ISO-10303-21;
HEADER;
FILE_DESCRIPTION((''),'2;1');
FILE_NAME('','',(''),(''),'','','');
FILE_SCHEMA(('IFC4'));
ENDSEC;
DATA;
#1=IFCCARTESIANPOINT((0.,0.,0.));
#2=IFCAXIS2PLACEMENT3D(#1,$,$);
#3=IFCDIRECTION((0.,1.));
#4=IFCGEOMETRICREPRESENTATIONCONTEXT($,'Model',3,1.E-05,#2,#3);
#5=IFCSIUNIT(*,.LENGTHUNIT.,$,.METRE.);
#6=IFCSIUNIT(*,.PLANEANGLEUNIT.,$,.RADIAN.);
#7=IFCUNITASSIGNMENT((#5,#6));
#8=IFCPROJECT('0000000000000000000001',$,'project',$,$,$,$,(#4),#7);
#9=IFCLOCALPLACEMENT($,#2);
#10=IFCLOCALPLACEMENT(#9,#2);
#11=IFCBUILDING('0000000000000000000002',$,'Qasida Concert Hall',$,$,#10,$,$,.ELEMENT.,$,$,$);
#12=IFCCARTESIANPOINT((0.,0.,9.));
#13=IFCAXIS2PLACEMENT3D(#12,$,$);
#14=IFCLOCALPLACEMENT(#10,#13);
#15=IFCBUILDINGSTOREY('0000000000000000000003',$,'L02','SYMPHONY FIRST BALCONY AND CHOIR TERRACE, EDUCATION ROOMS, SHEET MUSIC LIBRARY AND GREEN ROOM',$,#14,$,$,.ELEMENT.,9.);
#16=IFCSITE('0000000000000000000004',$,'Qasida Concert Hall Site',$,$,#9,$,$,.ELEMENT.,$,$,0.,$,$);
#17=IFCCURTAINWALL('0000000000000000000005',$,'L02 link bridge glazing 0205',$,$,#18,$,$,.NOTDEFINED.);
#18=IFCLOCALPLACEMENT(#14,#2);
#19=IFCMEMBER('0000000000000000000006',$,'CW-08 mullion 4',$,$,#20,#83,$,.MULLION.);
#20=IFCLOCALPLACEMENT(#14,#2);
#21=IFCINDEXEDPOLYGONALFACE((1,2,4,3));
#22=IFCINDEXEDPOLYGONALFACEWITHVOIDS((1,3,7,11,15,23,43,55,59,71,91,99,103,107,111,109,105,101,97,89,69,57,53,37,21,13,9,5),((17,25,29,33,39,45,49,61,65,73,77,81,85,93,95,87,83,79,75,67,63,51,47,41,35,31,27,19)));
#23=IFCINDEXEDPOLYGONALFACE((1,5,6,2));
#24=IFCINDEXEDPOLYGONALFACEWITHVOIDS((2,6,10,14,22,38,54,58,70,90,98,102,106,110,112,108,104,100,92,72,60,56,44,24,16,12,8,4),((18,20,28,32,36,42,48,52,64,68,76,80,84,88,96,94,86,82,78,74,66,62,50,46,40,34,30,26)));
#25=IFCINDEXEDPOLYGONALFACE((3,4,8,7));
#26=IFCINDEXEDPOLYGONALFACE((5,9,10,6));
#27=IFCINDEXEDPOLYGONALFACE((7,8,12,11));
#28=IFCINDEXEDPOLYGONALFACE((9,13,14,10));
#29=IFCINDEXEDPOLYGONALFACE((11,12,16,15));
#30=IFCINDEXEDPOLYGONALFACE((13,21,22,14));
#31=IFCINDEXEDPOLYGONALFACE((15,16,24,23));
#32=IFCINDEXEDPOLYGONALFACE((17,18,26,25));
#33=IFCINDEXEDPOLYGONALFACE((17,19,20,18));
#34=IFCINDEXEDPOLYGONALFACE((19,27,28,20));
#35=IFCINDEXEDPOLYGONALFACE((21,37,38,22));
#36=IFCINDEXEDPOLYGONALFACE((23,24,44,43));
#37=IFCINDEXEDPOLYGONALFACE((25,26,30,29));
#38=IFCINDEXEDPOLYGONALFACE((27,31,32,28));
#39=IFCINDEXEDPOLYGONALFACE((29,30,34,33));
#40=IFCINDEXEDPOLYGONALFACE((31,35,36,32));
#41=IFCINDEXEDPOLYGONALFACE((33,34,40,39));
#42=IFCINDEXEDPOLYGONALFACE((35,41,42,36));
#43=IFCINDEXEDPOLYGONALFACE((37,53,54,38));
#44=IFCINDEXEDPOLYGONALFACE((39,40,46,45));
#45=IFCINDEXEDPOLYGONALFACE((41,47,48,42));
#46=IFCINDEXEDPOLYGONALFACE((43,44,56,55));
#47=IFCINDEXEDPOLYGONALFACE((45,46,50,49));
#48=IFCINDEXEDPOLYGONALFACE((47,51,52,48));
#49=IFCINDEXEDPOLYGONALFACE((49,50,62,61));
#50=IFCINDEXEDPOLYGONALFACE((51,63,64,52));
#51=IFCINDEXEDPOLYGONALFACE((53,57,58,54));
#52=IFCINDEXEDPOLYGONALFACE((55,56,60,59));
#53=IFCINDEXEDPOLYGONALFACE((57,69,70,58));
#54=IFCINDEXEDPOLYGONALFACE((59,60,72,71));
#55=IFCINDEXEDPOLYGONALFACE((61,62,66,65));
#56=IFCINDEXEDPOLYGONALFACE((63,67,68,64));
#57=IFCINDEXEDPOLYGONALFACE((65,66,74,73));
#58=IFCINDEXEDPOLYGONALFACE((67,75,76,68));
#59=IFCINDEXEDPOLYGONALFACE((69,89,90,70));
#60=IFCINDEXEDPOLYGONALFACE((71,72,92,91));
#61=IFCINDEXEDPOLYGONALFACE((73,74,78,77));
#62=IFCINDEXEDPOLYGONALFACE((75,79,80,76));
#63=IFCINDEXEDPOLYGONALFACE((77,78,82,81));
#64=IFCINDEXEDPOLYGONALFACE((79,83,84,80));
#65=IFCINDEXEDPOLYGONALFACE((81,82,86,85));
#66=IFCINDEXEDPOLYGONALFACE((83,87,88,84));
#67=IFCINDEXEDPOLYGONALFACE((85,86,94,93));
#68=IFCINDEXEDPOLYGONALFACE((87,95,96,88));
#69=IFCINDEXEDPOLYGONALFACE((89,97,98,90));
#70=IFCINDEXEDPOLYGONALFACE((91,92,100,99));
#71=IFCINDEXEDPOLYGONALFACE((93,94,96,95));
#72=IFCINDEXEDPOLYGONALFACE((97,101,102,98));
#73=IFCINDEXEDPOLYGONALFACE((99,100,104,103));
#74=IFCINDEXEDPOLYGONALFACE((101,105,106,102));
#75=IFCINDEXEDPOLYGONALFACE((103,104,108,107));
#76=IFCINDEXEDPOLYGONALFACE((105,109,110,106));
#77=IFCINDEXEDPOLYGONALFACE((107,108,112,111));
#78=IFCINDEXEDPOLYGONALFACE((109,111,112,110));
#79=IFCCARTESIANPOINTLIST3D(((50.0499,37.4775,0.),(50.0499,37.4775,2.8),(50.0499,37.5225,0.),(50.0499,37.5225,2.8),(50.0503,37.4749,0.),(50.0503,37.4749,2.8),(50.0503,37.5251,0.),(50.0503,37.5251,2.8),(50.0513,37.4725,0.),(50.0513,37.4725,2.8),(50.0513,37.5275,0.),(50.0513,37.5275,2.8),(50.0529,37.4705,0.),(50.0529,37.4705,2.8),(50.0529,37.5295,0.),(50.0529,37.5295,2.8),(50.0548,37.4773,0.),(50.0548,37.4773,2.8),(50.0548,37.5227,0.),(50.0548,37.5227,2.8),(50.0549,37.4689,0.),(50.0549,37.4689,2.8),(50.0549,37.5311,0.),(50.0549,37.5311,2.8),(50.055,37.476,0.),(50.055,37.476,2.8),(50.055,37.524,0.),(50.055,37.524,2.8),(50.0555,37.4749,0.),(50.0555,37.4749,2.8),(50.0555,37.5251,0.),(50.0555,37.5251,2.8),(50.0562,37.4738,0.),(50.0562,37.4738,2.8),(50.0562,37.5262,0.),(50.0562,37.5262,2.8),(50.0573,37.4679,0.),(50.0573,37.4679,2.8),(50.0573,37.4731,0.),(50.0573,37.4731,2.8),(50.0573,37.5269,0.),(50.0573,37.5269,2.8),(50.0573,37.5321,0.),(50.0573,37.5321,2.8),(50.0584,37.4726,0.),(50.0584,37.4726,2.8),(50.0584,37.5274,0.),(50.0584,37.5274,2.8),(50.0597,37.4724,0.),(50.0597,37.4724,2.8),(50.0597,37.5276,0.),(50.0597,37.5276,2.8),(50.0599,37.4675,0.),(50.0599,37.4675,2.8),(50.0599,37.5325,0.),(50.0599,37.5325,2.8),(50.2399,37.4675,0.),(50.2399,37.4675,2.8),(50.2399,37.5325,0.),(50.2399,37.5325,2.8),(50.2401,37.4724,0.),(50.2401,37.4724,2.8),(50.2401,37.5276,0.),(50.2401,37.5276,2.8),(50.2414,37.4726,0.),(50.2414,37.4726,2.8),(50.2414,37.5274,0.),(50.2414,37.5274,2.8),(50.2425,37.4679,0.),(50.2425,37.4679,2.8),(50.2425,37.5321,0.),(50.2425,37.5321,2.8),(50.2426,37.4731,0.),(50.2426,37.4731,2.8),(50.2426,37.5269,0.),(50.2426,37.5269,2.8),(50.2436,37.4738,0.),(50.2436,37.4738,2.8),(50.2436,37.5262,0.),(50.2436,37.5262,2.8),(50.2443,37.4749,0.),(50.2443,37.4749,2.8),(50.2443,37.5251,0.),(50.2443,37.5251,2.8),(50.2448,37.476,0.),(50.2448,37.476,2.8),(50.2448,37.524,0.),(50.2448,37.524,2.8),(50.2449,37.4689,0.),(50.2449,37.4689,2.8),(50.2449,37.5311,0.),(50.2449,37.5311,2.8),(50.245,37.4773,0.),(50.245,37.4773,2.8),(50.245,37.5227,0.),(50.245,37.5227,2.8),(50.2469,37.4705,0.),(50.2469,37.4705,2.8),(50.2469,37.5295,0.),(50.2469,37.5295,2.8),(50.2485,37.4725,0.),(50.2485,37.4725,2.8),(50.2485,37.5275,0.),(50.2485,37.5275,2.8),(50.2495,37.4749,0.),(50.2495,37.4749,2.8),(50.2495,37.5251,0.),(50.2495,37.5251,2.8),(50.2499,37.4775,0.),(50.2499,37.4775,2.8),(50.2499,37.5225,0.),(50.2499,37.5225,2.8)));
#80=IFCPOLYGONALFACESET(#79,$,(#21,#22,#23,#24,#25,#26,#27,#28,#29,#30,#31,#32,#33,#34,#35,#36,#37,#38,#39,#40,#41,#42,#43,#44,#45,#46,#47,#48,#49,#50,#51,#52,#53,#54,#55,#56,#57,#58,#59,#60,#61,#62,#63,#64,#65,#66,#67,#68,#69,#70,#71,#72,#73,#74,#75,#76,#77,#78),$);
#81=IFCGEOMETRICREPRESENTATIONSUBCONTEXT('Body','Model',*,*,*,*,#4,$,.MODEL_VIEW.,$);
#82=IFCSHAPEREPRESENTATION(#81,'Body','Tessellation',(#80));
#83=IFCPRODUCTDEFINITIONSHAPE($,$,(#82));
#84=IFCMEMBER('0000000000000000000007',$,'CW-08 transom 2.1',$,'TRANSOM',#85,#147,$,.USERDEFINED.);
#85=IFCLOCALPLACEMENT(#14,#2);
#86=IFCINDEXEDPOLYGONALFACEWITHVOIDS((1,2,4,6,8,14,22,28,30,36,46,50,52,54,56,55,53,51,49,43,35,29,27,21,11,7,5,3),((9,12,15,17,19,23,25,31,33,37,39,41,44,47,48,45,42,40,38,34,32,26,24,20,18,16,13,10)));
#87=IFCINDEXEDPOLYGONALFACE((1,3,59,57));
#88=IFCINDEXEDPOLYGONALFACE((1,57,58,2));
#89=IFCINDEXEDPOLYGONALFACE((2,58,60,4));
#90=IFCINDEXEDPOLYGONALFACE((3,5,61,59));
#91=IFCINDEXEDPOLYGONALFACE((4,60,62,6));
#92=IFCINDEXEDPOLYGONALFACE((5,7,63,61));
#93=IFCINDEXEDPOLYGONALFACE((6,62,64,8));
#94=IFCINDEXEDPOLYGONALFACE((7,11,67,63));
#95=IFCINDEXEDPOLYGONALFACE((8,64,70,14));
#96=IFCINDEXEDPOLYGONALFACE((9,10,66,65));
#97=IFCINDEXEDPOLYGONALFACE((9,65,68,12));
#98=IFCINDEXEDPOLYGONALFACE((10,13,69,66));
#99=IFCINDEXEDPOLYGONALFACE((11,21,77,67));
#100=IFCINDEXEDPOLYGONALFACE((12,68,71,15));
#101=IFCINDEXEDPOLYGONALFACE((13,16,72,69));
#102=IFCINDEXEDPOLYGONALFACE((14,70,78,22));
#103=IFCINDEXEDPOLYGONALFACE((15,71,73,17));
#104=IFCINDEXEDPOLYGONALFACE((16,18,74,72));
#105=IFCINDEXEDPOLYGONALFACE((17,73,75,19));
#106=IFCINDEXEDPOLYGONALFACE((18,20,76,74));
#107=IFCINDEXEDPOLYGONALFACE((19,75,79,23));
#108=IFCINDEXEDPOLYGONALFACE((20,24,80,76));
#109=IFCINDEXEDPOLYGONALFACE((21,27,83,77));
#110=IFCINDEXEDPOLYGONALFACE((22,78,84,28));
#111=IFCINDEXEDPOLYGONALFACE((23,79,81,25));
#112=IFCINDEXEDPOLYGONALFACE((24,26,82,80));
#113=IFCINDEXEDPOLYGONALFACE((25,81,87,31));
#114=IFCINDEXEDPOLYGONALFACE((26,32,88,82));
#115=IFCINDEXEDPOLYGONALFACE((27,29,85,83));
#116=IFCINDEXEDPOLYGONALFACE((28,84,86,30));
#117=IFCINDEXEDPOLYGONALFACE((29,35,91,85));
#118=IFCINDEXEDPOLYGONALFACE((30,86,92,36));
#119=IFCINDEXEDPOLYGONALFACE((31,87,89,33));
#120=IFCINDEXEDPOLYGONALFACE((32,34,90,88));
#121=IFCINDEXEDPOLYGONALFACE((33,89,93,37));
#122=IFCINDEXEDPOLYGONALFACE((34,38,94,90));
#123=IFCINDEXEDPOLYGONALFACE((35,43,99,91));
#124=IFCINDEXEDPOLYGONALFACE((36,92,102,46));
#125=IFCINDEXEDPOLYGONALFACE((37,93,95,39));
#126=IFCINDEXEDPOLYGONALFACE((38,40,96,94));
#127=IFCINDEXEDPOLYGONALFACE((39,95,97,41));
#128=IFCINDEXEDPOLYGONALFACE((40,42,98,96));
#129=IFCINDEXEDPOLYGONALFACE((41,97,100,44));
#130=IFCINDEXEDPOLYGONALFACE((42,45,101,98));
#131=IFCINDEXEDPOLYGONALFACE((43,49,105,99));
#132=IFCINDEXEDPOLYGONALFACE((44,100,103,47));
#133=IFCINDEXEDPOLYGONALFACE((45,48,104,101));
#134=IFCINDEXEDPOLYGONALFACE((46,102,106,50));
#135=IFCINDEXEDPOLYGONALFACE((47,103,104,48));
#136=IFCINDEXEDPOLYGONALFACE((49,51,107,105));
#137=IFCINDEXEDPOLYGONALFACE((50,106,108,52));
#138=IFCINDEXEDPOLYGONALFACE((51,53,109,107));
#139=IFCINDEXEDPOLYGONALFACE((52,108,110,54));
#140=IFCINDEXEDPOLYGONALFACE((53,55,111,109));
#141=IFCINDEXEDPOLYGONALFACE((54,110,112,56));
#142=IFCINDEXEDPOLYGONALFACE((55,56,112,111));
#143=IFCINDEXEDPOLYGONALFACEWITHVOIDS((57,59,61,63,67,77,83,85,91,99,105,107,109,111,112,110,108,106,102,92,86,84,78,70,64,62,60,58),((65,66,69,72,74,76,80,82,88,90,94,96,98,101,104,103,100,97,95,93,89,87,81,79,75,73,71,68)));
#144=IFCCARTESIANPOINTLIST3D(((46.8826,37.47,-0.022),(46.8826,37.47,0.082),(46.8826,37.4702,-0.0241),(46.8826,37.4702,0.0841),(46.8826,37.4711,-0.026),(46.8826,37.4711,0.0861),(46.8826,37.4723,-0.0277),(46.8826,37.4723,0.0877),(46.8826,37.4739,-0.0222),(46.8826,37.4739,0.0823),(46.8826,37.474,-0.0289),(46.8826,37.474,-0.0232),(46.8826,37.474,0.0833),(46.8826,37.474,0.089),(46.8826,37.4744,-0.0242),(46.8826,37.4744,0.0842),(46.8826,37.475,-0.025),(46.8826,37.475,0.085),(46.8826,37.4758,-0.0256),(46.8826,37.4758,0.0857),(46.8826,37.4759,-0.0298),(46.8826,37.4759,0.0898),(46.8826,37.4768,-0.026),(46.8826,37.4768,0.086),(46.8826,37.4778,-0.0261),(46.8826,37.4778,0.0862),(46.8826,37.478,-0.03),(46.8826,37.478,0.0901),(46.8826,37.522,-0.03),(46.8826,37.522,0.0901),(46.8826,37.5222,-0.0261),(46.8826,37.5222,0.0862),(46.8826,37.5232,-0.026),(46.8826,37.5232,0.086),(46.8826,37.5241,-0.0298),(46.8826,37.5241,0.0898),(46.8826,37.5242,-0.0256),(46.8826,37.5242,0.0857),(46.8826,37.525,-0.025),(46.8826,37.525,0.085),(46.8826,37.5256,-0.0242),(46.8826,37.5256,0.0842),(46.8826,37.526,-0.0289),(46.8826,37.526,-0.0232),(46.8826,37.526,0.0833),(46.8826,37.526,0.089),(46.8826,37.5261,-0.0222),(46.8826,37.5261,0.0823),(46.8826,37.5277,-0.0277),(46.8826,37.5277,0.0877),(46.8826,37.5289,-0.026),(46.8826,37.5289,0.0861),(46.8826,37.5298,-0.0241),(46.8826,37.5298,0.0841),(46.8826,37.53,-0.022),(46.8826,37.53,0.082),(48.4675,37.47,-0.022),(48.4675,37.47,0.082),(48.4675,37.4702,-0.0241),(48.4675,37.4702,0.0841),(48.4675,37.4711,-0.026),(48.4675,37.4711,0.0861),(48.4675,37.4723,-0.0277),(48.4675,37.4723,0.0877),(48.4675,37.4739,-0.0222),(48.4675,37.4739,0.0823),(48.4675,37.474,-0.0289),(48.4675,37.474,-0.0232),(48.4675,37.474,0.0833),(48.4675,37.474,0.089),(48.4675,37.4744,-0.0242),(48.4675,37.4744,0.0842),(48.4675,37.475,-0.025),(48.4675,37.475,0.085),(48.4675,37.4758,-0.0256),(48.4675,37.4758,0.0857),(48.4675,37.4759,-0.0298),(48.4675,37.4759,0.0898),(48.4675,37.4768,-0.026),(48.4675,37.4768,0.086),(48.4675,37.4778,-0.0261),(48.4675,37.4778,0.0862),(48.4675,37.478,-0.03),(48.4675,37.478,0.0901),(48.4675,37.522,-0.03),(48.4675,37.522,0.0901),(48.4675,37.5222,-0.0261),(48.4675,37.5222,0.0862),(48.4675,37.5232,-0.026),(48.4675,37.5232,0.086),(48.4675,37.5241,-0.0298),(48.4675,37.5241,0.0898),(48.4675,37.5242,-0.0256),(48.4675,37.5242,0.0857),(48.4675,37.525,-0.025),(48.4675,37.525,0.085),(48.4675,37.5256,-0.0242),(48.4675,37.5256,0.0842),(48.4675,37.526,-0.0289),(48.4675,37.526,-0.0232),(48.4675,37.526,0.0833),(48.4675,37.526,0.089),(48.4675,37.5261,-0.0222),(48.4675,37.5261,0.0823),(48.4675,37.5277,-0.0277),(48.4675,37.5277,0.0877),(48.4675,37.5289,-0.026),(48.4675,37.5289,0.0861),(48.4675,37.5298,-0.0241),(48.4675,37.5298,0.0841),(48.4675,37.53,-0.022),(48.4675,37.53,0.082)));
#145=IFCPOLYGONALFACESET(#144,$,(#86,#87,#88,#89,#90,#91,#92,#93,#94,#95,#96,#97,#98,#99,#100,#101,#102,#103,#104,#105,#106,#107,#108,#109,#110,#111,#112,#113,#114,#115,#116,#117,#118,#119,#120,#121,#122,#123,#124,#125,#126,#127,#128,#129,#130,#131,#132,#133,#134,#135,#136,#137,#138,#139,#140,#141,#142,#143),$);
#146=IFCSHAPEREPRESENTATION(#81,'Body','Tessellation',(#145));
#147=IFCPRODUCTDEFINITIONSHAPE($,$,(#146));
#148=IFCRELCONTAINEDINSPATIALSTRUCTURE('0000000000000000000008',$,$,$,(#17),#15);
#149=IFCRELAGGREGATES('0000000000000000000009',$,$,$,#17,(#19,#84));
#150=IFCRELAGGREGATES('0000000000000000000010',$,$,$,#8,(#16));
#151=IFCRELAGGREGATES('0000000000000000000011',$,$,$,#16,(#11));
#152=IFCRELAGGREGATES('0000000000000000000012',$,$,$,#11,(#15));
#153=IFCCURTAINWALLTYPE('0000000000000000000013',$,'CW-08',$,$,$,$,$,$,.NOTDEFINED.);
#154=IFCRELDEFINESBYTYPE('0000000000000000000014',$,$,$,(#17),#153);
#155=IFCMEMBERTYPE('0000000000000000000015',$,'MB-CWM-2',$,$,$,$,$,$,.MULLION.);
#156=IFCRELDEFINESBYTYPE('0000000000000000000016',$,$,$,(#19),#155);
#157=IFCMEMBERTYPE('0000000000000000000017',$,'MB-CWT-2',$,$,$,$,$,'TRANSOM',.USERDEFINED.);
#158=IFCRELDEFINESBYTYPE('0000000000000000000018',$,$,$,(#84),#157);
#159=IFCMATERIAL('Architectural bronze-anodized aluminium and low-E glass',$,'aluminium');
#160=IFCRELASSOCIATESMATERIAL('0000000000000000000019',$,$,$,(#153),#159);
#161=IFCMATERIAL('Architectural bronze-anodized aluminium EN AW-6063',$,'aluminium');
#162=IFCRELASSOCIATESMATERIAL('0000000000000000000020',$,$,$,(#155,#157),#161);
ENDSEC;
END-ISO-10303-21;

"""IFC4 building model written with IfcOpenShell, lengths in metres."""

from ifc_helpers import new_model, si_unit, direction, frame, origin, origin_2d, place, context, subcontext, project, spatial, hollow_rectangle, extrude, material, material_profile, profile_set, type_object, element, aggregate, save


model = new_model("IFC4")

# Units and contexts
model_context = context("Model", 3, precision=1e-05, world=origin(), true_north=direction((0.0, 1.0)))
body_context = subcontext(model_context, "Body", "Model", "MODEL_VIEW")
ifc_project = project(units=[si_unit("LENGTHUNIT", "METRE"), si_unit("PLANEANGLEUNIT", "RADIAN")], contexts=[model_context])

# Site, building, storey
site_placement = place(None, origin())
site = spatial("IfcSite", under=ifc_project, at=site_placement, Name="Qasida Concert Hall Site", CompositionType="ELEMENT", RefElevation=0.0)
building_placement = place(site_placement, origin())
building = spatial("IfcBuilding", under=site, at=building_placement, Name="Qasida Concert Hall", CompositionType="ELEMENT")
storey_placement = place(building_placement, frame((0.0, 0.0, 9.0)))
storey = spatial("IfcBuildingStorey", under=building, at=storey_placement, Name="L02", Description="SYMPHONY FIRST BALCONY AND CHOIR TERRACE, EDUCATION ROOMS, SHEET MUSIC LIBRARY AND GREEN ROOM", CompositionType="ELEMENT", Elevation=9.0)

# Curtain wall, members
ifc_material_1 = material(Name="Architectural bronze-anodized aluminium and low-E glass", Category="aluminium")
curtain_wall_type = type_object("IfcCurtainWallType", Name="CW-08", PredefinedType="NOTDEFINED", material=ifc_material_1)
curtain_wall_placement = place(storey_placement, origin())
curtain_wall = element("IfcCurtainWall", 1, at=curtain_wall_placement, inside=storey, type_object=curtain_wall_type, Name="L02 link bridge glazing 0205", PredefinedType="NOTDEFINED")
ifc_material_2 = material(Name="Architectural bronze-anodized aluminium EN AW-6063", Category="aluminium")
ifc_material_profile_1 = material_profile(ifc_material_2, hollow_rectangle(XDim=0.0649, YDim=0.2, WallThickness=0.0049, InnerFilletRadius=0.0049, OuterFilletRadius=0.01, at=origin_2d()), Name="CWM 200x65x5")
ifc_profile_set_1 = profile_set([ifc_material_profile_1], Name="Architectural bronze-anodized aluminium EN AW-6063")
member_type_1 = type_object("IfcMemberType", Name="MB-CWM-2", PredefinedType="MULLION", material=ifc_profile_set_1)
member_1_placement = place(storey_placement, frame((50.1499, 37.5, 0.0), z_axis=(0.0, 0.0, 1.0), x_axis=(0.0, 1.0, 0.0)))
member_1 = element("IfcMember", 2, at=member_1_placement, type_object=member_type_1, Name="CW-08 mullion 4", PredefinedType="MULLION", context=body_context, shape_type="SweptSolid", body=[
    extrude(hollow_rectangle(XDim=0.0649, YDim=0.2, WallThickness=0.0049, InnerFilletRadius=0.0049, OuterFilletRadius=0.01, at=origin_2d()), origin(), (0.0, 0.0, 1.0), 2.8),
])
ifc_material_profile_2 = material_profile(ifc_material_2, hollow_rectangle(XDim=0.0601, YDim=0.1201, WallThickness=0.0039, InnerFilletRadius=0.0039, OuterFilletRadius=0.0081, at=origin_2d()), Name="CWT 120x60x4")
ifc_profile_set_2 = profile_set([ifc_material_profile_2], Name="Architectural bronze-anodized aluminium EN AW-6063")
member_type_2 = type_object("IfcMemberType", Name="MB-CWT-2", ElementType="TRANSOM", PredefinedType="USERDEFINED", material=ifc_profile_set_2)
member_2_placement = place(storey_placement, frame((46.8826, 37.5, 0.03), z_axis=(1.0, 0.0, 0.0), x_axis=(0.0, 1.0, 0.0)))
member_2 = element("IfcMember", 3, at=member_2_placement, type_object=member_type_2, Name="CW-08 transom 2.1", ObjectType="TRANSOM", PredefinedType="USERDEFINED", context=body_context, shape_type="SweptSolid", body=[
    extrude(hollow_rectangle(XDim=0.0601, YDim=0.1201, WallThickness=0.0039, InnerFilletRadius=0.0039, OuterFilletRadius=0.0081, at=origin_2d()), origin(), (0.0, 0.0, 1.0), 1.585),
])
aggregate(curtain_wall, [member_1, member_2])

save(model, "model.ifc")
